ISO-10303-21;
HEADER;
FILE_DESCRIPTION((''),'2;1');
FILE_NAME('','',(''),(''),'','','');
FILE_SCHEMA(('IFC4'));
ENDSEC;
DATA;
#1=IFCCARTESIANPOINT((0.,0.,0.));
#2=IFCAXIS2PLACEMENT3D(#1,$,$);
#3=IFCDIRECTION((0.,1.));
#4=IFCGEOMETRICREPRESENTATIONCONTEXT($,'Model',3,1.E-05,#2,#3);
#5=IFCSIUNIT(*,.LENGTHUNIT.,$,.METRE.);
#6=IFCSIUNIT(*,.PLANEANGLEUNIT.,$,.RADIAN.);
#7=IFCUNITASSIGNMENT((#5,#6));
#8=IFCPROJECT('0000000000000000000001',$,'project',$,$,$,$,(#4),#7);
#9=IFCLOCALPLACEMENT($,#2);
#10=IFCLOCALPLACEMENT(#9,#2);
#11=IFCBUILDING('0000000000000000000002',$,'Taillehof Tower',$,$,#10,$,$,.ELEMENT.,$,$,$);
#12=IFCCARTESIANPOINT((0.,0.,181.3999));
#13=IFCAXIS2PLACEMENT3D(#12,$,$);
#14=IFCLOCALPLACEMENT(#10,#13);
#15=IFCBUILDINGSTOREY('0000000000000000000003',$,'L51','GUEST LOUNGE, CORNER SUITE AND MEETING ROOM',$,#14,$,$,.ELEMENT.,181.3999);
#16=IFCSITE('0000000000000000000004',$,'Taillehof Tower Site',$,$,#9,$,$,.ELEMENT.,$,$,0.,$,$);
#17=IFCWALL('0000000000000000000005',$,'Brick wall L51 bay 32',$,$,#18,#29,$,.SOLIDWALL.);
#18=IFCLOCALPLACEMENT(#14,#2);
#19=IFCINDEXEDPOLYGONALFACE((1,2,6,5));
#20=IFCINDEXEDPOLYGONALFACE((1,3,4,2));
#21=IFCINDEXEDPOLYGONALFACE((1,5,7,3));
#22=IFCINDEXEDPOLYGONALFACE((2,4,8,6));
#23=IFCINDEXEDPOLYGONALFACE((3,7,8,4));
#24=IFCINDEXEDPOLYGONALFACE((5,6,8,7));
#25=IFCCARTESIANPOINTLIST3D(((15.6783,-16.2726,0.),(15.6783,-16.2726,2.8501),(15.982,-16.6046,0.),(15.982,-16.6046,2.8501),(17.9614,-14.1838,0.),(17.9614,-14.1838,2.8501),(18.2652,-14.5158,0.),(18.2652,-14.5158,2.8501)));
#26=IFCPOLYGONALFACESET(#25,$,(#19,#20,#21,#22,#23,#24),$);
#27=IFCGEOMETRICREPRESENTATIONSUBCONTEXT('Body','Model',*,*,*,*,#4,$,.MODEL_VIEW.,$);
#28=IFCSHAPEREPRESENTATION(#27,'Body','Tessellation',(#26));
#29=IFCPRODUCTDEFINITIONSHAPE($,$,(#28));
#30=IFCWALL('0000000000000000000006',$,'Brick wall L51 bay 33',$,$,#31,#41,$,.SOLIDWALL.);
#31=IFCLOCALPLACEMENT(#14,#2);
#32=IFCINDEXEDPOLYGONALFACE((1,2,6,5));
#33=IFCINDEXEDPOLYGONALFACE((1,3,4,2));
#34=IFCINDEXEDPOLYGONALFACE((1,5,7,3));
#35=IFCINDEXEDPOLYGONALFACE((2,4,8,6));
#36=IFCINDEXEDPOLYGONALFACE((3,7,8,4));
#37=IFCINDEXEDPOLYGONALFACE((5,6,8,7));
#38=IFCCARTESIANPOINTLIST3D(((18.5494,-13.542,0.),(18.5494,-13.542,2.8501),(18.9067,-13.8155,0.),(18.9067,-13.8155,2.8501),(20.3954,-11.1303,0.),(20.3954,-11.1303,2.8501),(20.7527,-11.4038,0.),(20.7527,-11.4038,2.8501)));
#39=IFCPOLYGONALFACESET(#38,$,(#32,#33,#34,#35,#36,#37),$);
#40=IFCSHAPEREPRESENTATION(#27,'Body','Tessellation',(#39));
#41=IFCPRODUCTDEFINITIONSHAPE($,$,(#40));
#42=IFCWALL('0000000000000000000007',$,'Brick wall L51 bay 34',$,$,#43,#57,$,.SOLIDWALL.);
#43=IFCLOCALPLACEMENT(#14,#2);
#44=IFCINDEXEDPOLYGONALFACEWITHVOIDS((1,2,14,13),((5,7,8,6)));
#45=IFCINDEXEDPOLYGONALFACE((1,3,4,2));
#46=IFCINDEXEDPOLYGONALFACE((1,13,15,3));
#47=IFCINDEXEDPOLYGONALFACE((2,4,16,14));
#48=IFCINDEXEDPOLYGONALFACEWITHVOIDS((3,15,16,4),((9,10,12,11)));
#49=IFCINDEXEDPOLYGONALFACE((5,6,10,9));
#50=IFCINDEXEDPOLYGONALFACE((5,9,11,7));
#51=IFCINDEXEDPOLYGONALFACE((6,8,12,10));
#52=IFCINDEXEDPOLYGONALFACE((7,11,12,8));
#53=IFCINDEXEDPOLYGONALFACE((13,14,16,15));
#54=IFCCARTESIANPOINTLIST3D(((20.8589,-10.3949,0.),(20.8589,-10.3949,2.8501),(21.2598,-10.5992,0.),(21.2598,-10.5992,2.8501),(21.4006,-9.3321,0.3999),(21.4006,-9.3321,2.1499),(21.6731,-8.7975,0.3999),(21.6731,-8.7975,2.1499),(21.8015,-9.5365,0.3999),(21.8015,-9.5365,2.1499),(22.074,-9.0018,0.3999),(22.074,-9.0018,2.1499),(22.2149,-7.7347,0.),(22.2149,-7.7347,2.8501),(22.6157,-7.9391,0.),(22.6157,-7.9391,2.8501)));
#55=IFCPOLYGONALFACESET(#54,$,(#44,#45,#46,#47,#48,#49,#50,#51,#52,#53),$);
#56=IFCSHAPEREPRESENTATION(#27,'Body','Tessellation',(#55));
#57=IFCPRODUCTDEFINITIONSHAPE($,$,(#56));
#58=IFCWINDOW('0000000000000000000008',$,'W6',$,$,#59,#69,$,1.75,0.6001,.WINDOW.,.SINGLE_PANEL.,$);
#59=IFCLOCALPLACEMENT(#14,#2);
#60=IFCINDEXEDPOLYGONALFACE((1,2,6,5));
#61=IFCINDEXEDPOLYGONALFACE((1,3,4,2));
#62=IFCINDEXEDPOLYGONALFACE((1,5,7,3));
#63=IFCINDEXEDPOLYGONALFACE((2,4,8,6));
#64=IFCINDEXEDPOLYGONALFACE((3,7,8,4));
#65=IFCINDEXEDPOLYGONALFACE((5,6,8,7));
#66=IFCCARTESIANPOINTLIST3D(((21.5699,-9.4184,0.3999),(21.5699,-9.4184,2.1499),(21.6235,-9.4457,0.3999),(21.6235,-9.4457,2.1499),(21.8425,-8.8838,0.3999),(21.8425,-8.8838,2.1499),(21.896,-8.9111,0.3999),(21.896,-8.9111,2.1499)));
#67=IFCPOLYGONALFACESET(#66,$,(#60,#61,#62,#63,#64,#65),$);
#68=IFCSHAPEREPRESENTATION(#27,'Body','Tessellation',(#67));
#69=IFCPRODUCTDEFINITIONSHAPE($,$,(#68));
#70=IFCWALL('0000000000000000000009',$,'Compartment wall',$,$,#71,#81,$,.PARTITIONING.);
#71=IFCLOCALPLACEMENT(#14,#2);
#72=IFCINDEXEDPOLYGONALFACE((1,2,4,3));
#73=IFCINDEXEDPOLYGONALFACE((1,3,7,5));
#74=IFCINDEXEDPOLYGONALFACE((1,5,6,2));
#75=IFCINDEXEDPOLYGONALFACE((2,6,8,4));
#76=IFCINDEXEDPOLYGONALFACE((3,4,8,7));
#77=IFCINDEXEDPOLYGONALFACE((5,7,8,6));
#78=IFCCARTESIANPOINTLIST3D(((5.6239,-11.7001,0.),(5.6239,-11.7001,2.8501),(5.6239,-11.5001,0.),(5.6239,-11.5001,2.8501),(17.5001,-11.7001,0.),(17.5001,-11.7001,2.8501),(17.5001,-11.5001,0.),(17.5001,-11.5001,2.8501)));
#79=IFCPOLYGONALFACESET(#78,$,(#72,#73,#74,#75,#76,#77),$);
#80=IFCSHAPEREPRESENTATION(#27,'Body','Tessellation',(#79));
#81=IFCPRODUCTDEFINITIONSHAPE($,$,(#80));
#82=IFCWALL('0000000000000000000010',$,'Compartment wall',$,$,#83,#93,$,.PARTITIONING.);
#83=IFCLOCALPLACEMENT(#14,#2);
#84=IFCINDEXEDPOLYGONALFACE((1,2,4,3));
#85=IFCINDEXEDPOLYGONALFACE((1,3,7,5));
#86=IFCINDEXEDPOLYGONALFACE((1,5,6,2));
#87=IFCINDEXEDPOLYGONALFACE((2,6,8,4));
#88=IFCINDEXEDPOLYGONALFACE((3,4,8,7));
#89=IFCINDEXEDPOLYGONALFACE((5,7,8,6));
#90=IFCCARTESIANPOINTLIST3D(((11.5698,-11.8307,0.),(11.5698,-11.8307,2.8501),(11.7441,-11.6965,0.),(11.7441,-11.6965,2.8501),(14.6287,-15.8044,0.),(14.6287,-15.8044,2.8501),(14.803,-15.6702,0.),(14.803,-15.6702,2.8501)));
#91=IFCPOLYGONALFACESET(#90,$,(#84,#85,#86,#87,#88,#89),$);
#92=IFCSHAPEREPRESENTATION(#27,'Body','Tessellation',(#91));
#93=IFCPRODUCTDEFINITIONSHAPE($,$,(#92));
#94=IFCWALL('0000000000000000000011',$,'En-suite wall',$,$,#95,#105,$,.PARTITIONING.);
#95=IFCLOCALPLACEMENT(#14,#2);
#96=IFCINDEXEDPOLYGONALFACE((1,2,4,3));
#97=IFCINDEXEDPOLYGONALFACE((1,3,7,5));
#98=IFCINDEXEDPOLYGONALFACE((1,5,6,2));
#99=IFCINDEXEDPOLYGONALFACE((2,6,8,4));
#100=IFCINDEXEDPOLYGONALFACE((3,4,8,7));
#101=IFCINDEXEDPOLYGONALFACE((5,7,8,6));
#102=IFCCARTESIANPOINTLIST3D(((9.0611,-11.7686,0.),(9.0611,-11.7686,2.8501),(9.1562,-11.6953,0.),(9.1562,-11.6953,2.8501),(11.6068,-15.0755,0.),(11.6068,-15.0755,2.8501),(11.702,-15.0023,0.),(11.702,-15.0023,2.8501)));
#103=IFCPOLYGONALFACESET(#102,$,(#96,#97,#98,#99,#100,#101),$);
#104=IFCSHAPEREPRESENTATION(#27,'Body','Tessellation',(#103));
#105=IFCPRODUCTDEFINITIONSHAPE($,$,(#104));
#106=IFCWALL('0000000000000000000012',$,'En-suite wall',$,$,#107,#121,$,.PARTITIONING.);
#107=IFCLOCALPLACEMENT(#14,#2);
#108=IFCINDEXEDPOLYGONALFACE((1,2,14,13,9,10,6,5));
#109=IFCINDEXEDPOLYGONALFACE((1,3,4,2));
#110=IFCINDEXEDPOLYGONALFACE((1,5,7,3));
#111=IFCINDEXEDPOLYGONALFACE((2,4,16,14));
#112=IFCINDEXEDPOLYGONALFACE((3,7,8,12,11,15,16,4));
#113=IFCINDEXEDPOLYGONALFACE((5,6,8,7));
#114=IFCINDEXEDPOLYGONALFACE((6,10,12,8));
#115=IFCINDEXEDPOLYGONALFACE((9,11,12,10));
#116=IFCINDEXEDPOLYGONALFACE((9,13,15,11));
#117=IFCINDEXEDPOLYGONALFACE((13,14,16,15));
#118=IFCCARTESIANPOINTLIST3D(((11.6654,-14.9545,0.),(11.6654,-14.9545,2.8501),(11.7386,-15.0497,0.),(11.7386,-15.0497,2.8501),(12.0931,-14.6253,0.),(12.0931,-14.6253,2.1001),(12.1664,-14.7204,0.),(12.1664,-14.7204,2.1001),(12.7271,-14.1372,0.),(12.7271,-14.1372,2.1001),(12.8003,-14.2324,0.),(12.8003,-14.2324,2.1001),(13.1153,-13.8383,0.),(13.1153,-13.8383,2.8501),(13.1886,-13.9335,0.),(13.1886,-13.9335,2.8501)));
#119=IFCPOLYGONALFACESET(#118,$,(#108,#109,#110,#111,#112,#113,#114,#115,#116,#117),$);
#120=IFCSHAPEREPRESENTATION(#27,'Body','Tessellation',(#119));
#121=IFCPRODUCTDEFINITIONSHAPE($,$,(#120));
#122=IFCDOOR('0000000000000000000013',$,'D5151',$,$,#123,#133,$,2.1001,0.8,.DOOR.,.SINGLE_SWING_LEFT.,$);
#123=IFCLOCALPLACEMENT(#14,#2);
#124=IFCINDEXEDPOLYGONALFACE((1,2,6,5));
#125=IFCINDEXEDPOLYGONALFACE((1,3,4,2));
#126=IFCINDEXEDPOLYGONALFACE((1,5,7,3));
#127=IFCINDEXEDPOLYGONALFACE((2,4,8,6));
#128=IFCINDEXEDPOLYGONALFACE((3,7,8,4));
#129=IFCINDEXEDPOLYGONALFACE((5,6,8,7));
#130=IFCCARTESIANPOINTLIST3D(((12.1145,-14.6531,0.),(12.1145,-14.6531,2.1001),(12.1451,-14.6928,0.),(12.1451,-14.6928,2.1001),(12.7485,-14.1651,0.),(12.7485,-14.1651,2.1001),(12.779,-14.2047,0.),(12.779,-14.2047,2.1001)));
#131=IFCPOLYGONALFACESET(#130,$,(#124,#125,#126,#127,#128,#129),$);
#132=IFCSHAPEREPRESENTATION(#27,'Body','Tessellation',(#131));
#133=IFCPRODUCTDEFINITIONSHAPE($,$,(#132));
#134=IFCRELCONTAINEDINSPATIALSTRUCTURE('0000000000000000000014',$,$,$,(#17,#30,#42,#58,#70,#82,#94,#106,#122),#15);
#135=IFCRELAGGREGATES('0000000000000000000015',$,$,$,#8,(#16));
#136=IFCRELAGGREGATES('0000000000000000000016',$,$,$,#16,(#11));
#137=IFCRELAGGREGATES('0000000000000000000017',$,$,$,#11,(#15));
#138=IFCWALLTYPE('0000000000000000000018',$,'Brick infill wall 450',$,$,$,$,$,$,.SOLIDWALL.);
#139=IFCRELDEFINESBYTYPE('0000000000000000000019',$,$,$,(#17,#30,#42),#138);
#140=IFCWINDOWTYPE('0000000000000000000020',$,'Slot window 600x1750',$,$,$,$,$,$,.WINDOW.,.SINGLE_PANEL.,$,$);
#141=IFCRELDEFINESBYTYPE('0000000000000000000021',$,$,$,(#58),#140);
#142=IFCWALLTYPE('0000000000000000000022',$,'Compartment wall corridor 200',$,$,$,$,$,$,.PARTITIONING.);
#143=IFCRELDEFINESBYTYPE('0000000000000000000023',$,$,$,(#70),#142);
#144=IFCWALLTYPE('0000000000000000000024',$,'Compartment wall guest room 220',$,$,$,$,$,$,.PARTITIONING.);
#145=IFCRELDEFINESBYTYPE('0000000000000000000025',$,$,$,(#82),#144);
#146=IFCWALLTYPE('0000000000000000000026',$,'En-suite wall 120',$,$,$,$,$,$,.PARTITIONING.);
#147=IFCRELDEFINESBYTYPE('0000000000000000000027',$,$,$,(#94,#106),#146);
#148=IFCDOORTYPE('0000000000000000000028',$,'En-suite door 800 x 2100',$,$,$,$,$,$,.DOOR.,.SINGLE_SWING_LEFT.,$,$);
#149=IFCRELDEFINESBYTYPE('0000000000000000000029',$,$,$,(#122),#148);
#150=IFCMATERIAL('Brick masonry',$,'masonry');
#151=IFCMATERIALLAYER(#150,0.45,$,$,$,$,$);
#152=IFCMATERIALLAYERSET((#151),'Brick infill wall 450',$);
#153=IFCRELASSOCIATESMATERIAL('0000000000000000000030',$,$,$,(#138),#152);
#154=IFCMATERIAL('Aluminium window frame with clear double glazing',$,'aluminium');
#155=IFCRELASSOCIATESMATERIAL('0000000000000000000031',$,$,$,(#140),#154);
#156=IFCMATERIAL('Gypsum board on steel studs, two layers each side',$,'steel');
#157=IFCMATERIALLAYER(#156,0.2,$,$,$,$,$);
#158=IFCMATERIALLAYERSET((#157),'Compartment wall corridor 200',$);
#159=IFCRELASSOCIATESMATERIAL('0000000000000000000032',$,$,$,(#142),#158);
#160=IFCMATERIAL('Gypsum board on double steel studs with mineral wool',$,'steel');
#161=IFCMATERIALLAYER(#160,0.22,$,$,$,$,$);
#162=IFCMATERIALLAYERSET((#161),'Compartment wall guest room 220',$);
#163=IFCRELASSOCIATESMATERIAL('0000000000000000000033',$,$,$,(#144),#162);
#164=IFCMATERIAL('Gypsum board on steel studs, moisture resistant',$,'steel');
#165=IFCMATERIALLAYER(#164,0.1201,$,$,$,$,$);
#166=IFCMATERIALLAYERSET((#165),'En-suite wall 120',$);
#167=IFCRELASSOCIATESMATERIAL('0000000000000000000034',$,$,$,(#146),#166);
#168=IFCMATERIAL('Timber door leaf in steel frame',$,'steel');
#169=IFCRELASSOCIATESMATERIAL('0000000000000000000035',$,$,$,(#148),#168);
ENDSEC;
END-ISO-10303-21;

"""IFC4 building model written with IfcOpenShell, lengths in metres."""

from ifc_helpers import new_model, si_unit, direction, frame, frame_2d, origin, place, context, subcontext, project, spatial, rectangle, extrude, material, layer, layer_set, type_object, element, fill, save


model = new_model("IFC4")

# Units and contexts
model_context = context("Model", 3, precision=1e-05, world=origin(), true_north=direction((0.0, 1.0)))
body_context = subcontext(model_context, "Body", "Model", "MODEL_VIEW")
ifc_project = project(units=[si_unit("LENGTHUNIT", "METRE"), si_unit("PLANEANGLEUNIT", "RADIAN")], contexts=[model_context])

# Site, building, storey
site_placement = place(None, origin())
site = spatial("IfcSite", under=ifc_project, at=site_placement, Name="Taillehof Tower Site", CompositionType="ELEMENT", RefElevation=0.0)
building_placement = place(site_placement, origin())
building = spatial("IfcBuilding", under=site, at=building_placement, Name="Taillehof Tower", CompositionType="ELEMENT")
storey_placement = place(building_placement, frame((0.0, 0.0, 181.3999)))
storey = spatial("IfcBuildingStorey", under=building, at=storey_placement, Name="L51", Description="GUEST LOUNGE, CORNER SUITE AND MEETING ROOM", CompositionType="ELEMENT", Elevation=181.3999)

# Shared definitions
ifc_material_1 = material(Name="Brick masonry", Category="masonry")
ifc_layer_1 = layer(ifc_material_1, 0.45)
ifc_layer_set_1 = layer_set([ifc_layer_1], Name="Brick infill wall 450")
wall_type_1 = type_object("IfcWallType", Name="Brick infill wall 450", PredefinedType="SOLIDWALL", material=ifc_layer_set_1)

# Walls
wall_1_placement = place(storey_placement, frame((15.8301, -16.4387, 0.0), z_axis=(0.0, 0.0, 1.0), x_axis=(0.737809, 0.67501, 0.0)))
element("IfcWall", 1, at=wall_1_placement, inside=storey, type_object=wall_type_1, Name="Brick wall L51 bay 32", PredefinedType="SOLIDWALL", context=body_context, shape_type="SweptSolid", body=[
    extrude(rectangle(XDim=3.0945, YDim=0.45, at=frame_2d((1.5474, 0.0))), origin(), (0.0, 0.0, 1.0), 2.8501),
])
wall_2_placement = place(storey_placement, frame((18.728, -13.6787, 0.0), z_axis=(0.0, 0.0, 1.0), x_axis=(0.607817, 0.794077, 0.0)))
element("IfcWall", 2, at=wall_2_placement, inside=storey, type_object=wall_type_1, Name="Brick wall L51 bay 33", PredefinedType="SOLIDWALL", context=body_context, shape_type="SweptSolid", body=[
    extrude(rectangle(XDim=3.0371, YDim=0.45, at=frame_2d((1.5186, 0.0))), origin(), (0.0, 0.0, 1.0), 2.8501),
])

# Wall, opening, window
wall_3_placement = place(storey_placement, frame((21.0593, -10.4971, 0.0), z_axis=(0.0, 0.0, 1.0), x_axis=(0.454134, 0.890933, 0.0)))
wall_3 = element("IfcWall", 3, at=wall_3_placement, inside=storey, type_object=wall_type_1, Name="Brick wall L51 bay 34", PredefinedType="SOLIDWALL", context=body_context, shape_type="SweptSolid", body=[
    extrude(rectangle(XDim=2.9858, YDim=0.45, at=frame_2d((1.4929, 0.0))), origin(), (0.0, 0.0, 1.0), 2.8501),
])
opening_1_placement = place(wall_3_placement, frame((1.1929, 0.0, 0.3999)))
opening_1 = element("IfcOpeningElement", 4, at=opening_1_placement, cuts=wall_3, PredefinedType="OPENING", context=body_context, shape_type="SweptSolid", body=[
    extrude(rectangle(XDim=0.6001, YDim=1.75, at=frame_2d((0.3, 0.875))), frame((0.0, 0.2349, 0.0), z_axis=(0.0, -1.0, 0.0), x_axis=(1.0, 0.0, 0.0)), (0.0, 0.0, 1.0), 0.47),
])
ifc_material_2 = material(Name="Aluminium window frame with clear double glazing", Category="aluminium")
window_type_1 = type_object("IfcWindowType", Name="Slot window 600x1750", PartitioningType="SINGLE_PANEL", PredefinedType="WINDOW", material=ifc_material_2)
window_1_placement = place(opening_1_placement, origin())
window_1 = element("IfcWindow", 5, at=window_1_placement, inside=storey, type_object=window_type_1, Name="W6", OverallHeight=1.75, OverallWidth=0.6001, PartitioningType="SINGLE_PANEL", PredefinedType="WINDOW", context=body_context, shape_type="SweptSolid", body=[
    extrude(rectangle(XDim=0.6001, YDim=1.75, at=frame_2d((0.3, 0.875))), frame((0.0, 0.0349, 0.0), z_axis=(0.0, -1.0, 0.0), x_axis=(1.0, 0.0, 0.0)), (0.0, 0.0, 1.0), 0.0601),
])
fill(opening_1, window_1)

# Walls
ifc_material_3 = material(Name="Gypsum board on steel studs, two layers each side", Category="steel")
ifc_layer_2 = layer(ifc_material_3, 0.2)
ifc_layer_set_2 = layer_set([ifc_layer_2], Name="Compartment wall corridor 200")
wall_type_2 = type_object("IfcWallType", Name="Compartment wall corridor 200", PredefinedType="PARTITIONING", material=ifc_layer_set_2)
wall_4_placement = place(storey_placement, frame((17.5, -11.6001, 0.0), z_axis=(0.0, 0.0, 1.0), x_axis=(-1.0, 0.0, 0.0)))
element("IfcWall", 6, at=wall_4_placement, inside=storey, type_object=wall_type_2, Name="Compartment wall", PredefinedType="PARTITIONING", context=body_context, shape_type="SweptSolid", body=[
    extrude(rectangle(XDim=11.8762, YDim=0.2, at=frame_2d((5.938, 0.0))), origin(), (0.0, 0.0, 1.0), 2.8501),
])
ifc_material_4 = material(Name="Gypsum board on double steel studs with mineral wool", Category="steel")
ifc_layer_3 = layer(ifc_material_4, 0.22)
ifc_layer_set_3 = layer_set([ifc_layer_3], Name="Compartment wall guest room 220")
wall_type_3 = type_object("IfcWallType", Name="Compartment wall guest room 220", PredefinedType="PARTITIONING", material=ifc_layer_set_3)
wall_5_placement = place(storey_placement, frame((14.7158, -15.7373, 0.0), z_axis=(0.0, 0.0, 1.0), x_axis=(-0.609986, 0.792412, 0.0)))
element("IfcWall", 7, at=wall_5_placement, inside=storey, type_object=wall_type_3, Name="Compartment wall", PredefinedType="PARTITIONING", context=body_context, shape_type="SweptSolid", body=[
    extrude(rectangle(XDim=5.0146, YDim=0.22, at=frame_2d((2.5073, 0.0))), origin(), (0.0, 0.0, 1.0), 2.8501),
])
ifc_material_5 = material(Name="Gypsum board on steel studs, moisture resistant", Category="steel")
ifc_layer_4 = layer(ifc_material_5, 0.1201)
ifc_layer_set_4 = layer_set([ifc_layer_4], Name="En-suite wall 120")
wall_type_4 = type_object("IfcWallType", Name="En-suite wall 120", PredefinedType="PARTITIONING", material=ifc_layer_set_4)
wall_6_placement = place(storey_placement, frame((9.1086, -11.7319, 0.0), z_axis=(0.0, 0.0, 1.0), x_axis=(0.609996, -0.792404, 0.0)))
element("IfcWall", 8, at=wall_6_placement, inside=storey, type_object=wall_type_4, Name="En-suite wall", PredefinedType="PARTITIONING", context=body_context, shape_type="SweptSolid", body=[
    extrude(rectangle(XDim=4.1733, YDim=0.1201, at=frame_2d((2.0867, 0.0))), origin(), (0.0, 0.0, 1.0), 2.8501),
])

# Wall, opening, door
wall_7_placement = place(storey_placement, frame((11.7019, -15.0022, 0.0), z_axis=(0.0, 0.0, 1.0), x_axis=(0.792396, 0.610007, 0.0)))
wall_7 = element("IfcWall", 9, at=wall_7_placement, inside=storey, type_object=wall_type_4, Name="En-suite wall", PredefinedType="PARTITIONING", context=body_context, shape_type="SweptSolid", body=[
    extrude(rectangle(XDim=1.8298, YDim=0.1201, at=frame_2d((0.915, 0.0))), origin(), (0.0, 0.0, 1.0), 2.8501),
])
opening_2_placement = place(wall_7_placement, frame((0.54, 0.0, 0.0)))
opening_2 = element("IfcOpeningElement", 10, at=opening_2_placement, cuts=wall_7, PredefinedType="OPENING", context=body_context, shape_type="SweptSolid", body=[
    extrude(rectangle(XDim=0.8, YDim=2.1001, at=frame_2d((0.3999, 1.05))), frame((0.0, 0.0701, 0.0), z_axis=(0.0, -1.0, 0.0), x_axis=(1.0, 0.0, 0.0)), (0.0, 0.0, 1.0), 0.1401),
])
ifc_material_6 = material(Name="Timber door leaf in steel frame", Category="steel")
door_type = type_object("IfcDoorType", Name="En-suite door 800 x 2100", OperationType="SINGLE_SWING_LEFT", PredefinedType="DOOR", material=ifc_material_6)
door_placement = place(opening_2_placement, origin())
door = element("IfcDoor", 11, at=door_placement, inside=storey, type_object=door_type, Name="D5151", OperationType="SINGLE_SWING_LEFT", OverallHeight=2.1001, OverallWidth=0.8, PredefinedType="DOOR", context=body_context, shape_type="SweptSolid", body=[
    extrude(rectangle(XDim=0.8, YDim=2.1001, at=frame_2d((0.3999, 1.05))), frame((0.0, 0.0249, 0.0), z_axis=(0.0, -1.0, 0.0), x_axis=(1.0, 0.0, 0.0)), (0.0, 0.0, 1.0), 0.05),
])
fill(opening_2, door)

save(model, "model.ifc")
